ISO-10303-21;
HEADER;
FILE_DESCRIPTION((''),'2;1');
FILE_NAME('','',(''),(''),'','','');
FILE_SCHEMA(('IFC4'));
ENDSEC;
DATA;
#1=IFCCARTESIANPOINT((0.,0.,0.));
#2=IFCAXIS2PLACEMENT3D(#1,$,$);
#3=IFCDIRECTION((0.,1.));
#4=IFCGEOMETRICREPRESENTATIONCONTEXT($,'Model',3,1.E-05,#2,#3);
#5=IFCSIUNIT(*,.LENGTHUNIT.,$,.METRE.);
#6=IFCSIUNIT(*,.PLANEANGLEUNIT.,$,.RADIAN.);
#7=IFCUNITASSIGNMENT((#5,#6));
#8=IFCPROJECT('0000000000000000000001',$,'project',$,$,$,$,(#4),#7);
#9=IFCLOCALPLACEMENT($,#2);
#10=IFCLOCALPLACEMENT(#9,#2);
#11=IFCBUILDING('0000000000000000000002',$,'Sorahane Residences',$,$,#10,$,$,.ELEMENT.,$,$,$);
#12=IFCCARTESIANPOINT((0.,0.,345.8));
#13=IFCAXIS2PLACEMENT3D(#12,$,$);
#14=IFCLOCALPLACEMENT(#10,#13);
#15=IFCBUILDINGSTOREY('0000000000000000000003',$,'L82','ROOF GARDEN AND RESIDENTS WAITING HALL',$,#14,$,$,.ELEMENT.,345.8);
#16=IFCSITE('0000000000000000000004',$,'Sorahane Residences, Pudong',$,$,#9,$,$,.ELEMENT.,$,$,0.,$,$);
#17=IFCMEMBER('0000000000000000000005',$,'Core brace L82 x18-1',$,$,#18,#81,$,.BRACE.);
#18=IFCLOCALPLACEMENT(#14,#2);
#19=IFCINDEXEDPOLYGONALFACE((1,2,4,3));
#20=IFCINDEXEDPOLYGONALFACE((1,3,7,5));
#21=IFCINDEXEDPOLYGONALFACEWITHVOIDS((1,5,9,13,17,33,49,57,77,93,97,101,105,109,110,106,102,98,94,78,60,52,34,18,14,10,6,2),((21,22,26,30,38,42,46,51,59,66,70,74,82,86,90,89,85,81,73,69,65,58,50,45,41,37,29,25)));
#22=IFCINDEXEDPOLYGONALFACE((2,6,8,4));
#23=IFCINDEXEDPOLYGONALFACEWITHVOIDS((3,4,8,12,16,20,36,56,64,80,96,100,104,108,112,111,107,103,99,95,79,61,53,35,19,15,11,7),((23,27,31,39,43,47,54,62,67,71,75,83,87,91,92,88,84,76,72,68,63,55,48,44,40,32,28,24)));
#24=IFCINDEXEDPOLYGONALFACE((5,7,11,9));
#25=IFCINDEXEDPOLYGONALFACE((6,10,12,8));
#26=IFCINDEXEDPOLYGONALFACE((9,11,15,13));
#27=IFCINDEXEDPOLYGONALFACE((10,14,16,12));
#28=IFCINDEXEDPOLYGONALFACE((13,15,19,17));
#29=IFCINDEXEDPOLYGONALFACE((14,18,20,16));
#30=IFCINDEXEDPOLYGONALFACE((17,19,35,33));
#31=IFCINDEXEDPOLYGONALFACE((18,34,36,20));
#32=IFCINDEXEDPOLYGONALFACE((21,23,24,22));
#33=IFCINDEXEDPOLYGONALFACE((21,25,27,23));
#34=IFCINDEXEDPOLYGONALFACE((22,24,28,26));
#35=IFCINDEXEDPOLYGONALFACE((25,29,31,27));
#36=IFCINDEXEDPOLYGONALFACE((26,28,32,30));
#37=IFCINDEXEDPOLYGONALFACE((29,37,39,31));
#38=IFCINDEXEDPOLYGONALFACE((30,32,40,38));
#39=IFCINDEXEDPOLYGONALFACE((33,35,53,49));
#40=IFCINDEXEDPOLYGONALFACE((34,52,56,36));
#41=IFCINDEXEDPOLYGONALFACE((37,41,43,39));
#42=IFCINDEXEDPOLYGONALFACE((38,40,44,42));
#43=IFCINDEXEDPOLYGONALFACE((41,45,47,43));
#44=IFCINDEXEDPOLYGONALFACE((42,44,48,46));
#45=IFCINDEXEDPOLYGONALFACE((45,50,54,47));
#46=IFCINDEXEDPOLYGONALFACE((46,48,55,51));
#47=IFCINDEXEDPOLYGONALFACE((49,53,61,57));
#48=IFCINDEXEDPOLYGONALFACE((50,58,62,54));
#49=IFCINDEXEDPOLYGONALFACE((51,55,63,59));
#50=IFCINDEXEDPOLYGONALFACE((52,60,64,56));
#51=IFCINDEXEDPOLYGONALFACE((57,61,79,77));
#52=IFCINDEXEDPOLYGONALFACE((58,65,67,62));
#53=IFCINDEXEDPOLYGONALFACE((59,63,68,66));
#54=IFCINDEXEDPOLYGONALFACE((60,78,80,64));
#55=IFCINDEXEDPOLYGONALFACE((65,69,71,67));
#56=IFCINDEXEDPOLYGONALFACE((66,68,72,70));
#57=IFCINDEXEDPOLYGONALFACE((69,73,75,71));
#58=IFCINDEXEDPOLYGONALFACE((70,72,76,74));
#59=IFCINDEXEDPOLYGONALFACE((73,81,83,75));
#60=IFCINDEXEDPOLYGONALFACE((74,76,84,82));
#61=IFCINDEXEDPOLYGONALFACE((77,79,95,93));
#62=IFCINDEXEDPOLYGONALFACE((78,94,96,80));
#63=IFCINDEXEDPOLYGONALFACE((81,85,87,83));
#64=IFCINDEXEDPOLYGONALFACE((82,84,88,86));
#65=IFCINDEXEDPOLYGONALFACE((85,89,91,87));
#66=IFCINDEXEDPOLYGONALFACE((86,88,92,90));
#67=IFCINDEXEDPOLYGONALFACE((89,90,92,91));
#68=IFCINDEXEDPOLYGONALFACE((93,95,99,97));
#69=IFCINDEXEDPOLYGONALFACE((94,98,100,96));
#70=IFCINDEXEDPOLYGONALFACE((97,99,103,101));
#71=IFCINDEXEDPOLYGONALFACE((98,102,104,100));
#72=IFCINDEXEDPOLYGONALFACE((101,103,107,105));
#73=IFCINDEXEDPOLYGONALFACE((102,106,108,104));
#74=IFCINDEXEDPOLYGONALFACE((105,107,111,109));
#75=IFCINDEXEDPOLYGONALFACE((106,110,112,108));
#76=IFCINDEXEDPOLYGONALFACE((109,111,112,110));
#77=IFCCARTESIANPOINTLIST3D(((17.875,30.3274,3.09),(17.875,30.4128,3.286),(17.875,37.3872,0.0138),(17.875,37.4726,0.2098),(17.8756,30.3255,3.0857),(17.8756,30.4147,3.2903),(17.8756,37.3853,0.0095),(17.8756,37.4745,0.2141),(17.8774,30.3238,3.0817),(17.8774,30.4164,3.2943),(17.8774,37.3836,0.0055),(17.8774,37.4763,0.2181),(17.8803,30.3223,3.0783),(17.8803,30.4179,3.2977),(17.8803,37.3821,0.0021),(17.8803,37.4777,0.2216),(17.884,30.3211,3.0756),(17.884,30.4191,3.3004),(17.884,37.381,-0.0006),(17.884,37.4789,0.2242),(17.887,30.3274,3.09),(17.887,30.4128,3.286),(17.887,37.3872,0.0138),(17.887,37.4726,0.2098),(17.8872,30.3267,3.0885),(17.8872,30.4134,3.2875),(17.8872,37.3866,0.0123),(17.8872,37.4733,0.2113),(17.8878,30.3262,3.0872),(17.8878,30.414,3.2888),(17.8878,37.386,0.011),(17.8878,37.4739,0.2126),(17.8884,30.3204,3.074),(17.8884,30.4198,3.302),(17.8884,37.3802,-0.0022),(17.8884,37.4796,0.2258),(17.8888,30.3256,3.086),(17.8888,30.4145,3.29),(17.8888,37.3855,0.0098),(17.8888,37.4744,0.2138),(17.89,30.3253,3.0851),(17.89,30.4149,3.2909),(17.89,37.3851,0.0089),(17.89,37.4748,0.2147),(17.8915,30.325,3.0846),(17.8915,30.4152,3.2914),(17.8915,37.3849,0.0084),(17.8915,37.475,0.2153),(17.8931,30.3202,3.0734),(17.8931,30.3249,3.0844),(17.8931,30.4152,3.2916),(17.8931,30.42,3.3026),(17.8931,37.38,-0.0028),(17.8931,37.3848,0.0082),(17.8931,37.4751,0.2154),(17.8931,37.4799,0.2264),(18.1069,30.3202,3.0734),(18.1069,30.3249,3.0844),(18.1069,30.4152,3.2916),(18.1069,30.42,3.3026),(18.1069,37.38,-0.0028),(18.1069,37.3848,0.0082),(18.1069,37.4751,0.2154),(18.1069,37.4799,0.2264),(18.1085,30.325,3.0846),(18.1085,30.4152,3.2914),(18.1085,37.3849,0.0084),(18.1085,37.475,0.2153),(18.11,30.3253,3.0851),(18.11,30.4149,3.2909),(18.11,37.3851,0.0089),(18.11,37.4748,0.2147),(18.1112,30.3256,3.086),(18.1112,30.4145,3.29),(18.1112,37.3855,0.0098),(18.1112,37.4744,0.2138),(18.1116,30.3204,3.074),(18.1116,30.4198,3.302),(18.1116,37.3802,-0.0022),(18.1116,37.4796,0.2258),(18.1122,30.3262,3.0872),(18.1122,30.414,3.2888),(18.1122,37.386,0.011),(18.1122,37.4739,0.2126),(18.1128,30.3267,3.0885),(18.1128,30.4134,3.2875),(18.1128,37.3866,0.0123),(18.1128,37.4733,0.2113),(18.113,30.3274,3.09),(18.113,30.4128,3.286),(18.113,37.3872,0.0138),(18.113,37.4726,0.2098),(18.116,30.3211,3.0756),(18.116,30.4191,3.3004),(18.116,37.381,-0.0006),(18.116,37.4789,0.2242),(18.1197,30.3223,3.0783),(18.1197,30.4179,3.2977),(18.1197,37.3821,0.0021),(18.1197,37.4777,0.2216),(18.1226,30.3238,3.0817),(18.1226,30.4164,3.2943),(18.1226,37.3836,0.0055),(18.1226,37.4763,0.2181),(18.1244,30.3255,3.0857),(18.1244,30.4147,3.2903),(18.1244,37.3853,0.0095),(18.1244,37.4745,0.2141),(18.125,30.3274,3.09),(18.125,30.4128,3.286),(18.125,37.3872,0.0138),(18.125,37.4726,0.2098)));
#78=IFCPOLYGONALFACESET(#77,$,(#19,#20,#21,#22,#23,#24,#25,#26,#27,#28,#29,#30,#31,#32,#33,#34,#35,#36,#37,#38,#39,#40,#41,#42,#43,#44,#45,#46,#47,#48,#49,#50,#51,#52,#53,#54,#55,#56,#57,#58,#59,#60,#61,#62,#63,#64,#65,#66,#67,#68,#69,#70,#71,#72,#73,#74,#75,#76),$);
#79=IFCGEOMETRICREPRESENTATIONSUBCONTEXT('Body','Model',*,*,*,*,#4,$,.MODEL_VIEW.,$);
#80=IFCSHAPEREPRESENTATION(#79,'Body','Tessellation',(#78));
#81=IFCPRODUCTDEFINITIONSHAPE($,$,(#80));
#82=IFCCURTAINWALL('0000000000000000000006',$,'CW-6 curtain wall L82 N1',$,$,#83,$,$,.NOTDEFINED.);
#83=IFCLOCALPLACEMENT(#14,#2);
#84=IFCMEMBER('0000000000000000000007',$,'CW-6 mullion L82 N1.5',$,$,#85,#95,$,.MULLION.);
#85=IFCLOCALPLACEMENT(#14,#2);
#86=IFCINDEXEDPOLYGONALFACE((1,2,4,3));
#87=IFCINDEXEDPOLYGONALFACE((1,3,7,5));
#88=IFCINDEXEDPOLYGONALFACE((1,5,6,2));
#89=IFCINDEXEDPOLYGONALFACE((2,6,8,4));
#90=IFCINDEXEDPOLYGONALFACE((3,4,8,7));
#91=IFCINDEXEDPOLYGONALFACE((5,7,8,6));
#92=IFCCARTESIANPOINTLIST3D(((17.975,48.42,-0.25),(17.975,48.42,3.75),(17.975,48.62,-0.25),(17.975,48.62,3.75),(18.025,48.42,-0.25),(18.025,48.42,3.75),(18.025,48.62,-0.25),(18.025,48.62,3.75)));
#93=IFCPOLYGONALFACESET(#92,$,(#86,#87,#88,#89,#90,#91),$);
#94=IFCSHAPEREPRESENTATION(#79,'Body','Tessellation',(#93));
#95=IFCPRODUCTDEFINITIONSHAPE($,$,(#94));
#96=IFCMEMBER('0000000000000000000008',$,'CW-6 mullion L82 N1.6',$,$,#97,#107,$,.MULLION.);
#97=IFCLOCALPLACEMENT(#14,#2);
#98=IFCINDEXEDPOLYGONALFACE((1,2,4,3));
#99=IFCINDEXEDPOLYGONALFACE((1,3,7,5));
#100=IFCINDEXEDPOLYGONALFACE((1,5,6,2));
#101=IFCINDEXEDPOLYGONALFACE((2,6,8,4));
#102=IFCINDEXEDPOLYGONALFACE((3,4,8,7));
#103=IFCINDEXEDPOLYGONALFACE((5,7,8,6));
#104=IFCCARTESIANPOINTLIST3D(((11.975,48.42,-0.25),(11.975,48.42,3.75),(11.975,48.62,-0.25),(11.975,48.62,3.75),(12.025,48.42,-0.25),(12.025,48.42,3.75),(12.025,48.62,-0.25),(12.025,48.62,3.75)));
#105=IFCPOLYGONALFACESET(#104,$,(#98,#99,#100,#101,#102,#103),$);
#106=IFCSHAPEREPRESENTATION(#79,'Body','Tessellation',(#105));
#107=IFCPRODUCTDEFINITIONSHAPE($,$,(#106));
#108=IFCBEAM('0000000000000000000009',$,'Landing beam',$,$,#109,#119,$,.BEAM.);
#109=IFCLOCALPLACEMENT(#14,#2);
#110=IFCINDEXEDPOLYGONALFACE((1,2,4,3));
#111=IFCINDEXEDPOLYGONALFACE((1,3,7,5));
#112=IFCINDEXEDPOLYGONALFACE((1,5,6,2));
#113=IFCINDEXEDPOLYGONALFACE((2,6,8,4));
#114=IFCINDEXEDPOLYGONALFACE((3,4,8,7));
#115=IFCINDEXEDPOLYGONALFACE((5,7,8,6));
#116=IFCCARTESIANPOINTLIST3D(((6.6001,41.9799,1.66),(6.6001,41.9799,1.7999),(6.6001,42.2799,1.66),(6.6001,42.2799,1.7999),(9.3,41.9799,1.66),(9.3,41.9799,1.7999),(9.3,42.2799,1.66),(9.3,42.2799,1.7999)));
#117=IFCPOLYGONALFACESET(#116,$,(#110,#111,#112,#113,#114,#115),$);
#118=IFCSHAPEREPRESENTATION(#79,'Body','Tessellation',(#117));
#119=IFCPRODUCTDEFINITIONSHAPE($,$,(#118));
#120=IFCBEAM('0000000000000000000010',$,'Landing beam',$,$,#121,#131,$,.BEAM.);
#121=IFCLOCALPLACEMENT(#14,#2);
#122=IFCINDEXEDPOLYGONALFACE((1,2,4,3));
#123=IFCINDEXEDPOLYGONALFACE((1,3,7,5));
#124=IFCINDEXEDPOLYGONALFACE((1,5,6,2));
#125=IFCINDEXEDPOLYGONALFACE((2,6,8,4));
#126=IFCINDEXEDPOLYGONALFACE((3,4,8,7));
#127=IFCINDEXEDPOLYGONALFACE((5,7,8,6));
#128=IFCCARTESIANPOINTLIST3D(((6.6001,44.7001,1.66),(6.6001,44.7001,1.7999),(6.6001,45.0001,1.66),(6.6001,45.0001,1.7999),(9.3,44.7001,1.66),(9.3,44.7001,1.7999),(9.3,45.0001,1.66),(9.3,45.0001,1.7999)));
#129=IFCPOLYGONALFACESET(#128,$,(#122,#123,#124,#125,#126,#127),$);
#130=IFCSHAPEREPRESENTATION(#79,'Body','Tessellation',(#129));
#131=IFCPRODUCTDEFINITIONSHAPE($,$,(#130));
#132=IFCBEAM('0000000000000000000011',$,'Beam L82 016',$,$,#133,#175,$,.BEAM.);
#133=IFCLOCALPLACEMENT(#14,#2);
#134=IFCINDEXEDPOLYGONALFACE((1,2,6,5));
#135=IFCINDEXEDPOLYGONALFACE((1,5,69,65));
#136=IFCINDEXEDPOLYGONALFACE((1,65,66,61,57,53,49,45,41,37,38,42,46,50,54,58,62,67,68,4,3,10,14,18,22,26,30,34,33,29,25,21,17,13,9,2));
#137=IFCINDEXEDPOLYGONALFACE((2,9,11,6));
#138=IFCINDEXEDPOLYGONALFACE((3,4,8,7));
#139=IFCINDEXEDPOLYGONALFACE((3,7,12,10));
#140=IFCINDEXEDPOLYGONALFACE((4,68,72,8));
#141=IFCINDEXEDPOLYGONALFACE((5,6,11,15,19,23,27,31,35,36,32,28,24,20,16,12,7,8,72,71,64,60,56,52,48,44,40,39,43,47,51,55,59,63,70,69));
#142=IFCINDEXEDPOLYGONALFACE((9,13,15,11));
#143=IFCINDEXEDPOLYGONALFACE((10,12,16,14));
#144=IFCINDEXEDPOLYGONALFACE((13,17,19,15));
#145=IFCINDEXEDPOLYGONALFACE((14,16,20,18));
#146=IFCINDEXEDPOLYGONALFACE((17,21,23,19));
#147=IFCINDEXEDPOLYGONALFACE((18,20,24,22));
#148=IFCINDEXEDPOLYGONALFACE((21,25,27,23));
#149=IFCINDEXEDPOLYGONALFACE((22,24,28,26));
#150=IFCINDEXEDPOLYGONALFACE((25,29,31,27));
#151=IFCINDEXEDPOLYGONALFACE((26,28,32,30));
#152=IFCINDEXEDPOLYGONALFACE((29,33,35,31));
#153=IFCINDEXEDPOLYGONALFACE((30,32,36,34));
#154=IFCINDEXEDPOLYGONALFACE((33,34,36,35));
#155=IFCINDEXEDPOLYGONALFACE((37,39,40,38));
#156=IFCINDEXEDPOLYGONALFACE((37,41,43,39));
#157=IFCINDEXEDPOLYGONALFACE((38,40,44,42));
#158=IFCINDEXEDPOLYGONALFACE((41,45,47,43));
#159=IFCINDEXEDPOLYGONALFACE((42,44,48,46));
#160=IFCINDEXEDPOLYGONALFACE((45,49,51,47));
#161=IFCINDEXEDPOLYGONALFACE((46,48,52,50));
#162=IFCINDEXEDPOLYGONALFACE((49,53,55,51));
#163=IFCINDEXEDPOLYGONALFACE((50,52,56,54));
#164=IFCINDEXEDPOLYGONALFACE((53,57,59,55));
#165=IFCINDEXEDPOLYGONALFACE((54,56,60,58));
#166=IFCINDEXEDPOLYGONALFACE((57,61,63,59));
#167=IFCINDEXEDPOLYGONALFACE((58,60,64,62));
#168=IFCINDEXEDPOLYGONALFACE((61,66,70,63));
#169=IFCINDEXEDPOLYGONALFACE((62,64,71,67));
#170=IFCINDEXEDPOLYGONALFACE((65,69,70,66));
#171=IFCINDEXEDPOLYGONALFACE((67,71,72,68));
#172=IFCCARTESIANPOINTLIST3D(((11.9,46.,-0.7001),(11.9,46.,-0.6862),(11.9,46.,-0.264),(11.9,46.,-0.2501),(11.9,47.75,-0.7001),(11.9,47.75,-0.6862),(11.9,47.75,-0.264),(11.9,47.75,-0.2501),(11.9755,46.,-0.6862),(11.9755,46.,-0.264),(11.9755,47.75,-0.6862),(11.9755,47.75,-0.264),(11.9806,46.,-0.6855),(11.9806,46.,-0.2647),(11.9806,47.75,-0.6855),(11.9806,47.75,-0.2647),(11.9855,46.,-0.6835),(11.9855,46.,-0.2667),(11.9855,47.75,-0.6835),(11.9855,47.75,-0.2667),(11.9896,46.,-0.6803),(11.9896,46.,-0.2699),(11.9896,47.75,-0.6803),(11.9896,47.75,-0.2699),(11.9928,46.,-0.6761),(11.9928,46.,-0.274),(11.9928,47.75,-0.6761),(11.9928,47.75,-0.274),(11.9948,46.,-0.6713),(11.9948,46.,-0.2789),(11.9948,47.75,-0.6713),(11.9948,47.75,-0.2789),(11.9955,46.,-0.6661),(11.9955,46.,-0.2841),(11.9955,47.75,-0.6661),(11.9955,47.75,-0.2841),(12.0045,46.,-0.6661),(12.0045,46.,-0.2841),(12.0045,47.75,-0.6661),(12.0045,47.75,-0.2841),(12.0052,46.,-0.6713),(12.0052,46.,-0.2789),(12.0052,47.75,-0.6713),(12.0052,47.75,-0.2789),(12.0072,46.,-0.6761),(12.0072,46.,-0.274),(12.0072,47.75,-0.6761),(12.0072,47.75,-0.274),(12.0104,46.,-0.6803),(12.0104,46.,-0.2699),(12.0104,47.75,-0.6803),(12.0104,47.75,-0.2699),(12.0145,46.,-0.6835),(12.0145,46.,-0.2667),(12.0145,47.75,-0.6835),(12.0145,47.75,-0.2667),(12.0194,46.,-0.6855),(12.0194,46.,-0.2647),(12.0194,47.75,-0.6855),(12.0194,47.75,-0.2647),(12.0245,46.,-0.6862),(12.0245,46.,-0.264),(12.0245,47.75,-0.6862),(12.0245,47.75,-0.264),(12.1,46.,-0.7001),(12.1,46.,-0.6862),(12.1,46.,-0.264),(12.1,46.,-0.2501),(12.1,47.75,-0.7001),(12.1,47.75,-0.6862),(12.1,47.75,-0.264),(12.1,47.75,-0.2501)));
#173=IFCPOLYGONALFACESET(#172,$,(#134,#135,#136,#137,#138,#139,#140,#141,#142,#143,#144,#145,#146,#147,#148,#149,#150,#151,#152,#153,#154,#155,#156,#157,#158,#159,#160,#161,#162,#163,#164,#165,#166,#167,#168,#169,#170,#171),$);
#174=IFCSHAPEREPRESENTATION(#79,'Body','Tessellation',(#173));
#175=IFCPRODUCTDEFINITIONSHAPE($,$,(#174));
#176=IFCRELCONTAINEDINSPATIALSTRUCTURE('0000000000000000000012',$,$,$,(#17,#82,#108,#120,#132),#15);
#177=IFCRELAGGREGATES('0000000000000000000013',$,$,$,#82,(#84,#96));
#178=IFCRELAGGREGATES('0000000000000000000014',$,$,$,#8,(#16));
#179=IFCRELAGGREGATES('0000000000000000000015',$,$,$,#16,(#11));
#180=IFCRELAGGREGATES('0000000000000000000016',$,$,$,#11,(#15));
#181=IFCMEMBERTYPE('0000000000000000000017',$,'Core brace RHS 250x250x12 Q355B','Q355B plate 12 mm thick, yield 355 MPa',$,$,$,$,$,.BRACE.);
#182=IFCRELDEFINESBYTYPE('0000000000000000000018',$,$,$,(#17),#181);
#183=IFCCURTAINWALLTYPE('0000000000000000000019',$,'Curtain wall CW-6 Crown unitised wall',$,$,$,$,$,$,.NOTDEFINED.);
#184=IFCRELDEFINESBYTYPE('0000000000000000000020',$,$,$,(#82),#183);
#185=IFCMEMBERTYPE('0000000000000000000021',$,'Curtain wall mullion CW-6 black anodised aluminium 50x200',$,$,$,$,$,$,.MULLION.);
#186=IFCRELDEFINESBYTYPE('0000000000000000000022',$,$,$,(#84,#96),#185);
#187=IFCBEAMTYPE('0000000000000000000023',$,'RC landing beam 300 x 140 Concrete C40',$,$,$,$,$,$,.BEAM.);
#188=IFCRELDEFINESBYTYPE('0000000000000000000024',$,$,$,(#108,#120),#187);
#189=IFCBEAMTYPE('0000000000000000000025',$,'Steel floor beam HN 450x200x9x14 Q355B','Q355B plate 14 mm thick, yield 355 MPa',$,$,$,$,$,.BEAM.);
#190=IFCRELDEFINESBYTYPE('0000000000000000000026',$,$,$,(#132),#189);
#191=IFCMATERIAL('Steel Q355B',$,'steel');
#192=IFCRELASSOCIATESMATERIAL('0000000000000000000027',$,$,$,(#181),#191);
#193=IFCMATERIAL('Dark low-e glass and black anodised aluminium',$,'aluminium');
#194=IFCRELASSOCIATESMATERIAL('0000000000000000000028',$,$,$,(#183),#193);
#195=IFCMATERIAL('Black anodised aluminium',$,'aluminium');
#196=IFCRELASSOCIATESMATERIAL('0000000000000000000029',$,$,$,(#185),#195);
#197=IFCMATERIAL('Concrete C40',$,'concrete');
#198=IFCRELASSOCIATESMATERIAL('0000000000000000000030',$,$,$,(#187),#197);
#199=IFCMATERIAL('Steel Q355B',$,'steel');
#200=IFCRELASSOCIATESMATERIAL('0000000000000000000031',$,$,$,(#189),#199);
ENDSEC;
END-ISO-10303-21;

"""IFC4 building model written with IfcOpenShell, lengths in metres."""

from ifc_helpers import new_model, si_unit, direction, frame, origin, origin_2d, place, context, subcontext, project, spatial, rectangle, hollow_rectangle, i_section, extrude, material, material_profile, profile_set, type_object, element, aggregate, save


model = new_model("IFC4")

# Units and contexts
model_context = context("Model", 3, precision=1e-05, world=origin(), true_north=direction((0.0, 1.0)))
body_context = subcontext(model_context, "Body", "Model", "MODEL_VIEW")
ifc_project = project(units=[si_unit("LENGTHUNIT", "METRE"), si_unit("PLANEANGLEUNIT", "RADIAN")], contexts=[model_context])

# Site, building, storey
site_placement = place(None, origin())
site = spatial("IfcSite", under=ifc_project, at=site_placement, Name="Sorahane Residences, Pudong", CompositionType="ELEMENT", RefElevation=0.0)
building_placement = place(site_placement, origin())
building = spatial("IfcBuilding", under=site, at=building_placement, Name="Sorahane Residences", CompositionType="ELEMENT")
storey_placement = place(building_placement, frame((0.0, 0.0, 345.8)))
storey = spatial("IfcBuildingStorey", under=building, at=storey_placement, Name="L82", Description="ROOF GARDEN AND RESIDENTS WAITING HALL", CompositionType="ELEMENT", Elevation=345.8)

# Member
ifc_material_1 = material(Name="Steel Q355B", Category="steel")
ifc_material_profile_1 = material_profile(ifc_material_1, hollow_rectangle(XDim=0.25, YDim=0.25, WallThickness=0.012, InnerFilletRadius=0.0061, OuterFilletRadius=0.0181, at=origin_2d()), Name="RHS 250x250x12")
ifc_profile_set_1 = profile_set([ifc_material_profile_1], Name="Steel Q355B")
member_type_1 = type_object("IfcMemberType", Name="Core brace RHS 250x250x12 Q355B", Description="Q355B plate 12 mm thick, yield 355 MPa", PredefinedType="BRACE", material=ifc_profile_set_1)
member_1_placement = place(storey_placement, frame((18.0, 37.4299, 0.1118), z_axis=(0.0, -0.916752, 0.399456), x_axis=(1.0, 0.0, 0.0)))
element("IfcMember", 1, at=member_1_placement, inside=storey, type_object=member_type_1, Name="Core brace L82 x18-1", PredefinedType="BRACE", context=body_context, shape_type="SweptSolid", body=[
    extrude(hollow_rectangle(XDim=0.25, YDim=0.25, WallThickness=0.012, InnerFilletRadius=0.0061, OuterFilletRadius=0.0181, at=origin_2d()), origin(), (0.0, 0.0, 1.0), 7.7009),
])

# Curtain wall, members
ifc_material_2 = material(Name="Dark low-e glass and black anodised aluminium", Category="aluminium")
curtain_wall_type = type_object("IfcCurtainWallType", Name="Curtain wall CW-6 Crown unitised wall", PredefinedType="NOTDEFINED", material=ifc_material_2)
curtain_wall_placement = place(storey_placement, origin())
curtain_wall = element("IfcCurtainWall", 2, at=curtain_wall_placement, inside=storey, type_object=curtain_wall_type, Name="CW-6 curtain wall L82 N1", PredefinedType="NOTDEFINED")
ifc_material_3 = material(Name="Black anodised aluminium", Category="aluminium")
ifc_material_profile_2 = material_profile(ifc_material_3, rectangle(XDim=0.2, YDim=0.05, at=origin_2d()), Name="Curtain wall mullion CW-6 black anodised aluminium 50x200")
ifc_profile_set_2 = profile_set([ifc_material_profile_2], Name="Black anodised aluminium")
member_type_2 = type_object("IfcMemberType", Name="Curtain wall mullion CW-6 black anodised aluminium 50x200", PredefinedType="MULLION", material=ifc_profile_set_2)
member_2_placement = place(storey_placement, frame((18.0, 48.52, -0.25), z_axis=(0.0, 0.0, 1.0), x_axis=(0.0, 1.0, 0.0)))
member_2 = element("IfcMember", 3, at=member_2_placement, type_object=member_type_2, Name="CW-6 mullion L82 N1.5", PredefinedType="MULLION", context=body_context, shape_type="SweptSolid", body=[
    extrude(rectangle(XDim=0.2, YDim=0.05, at=origin_2d()), origin(), (0.0, 0.0, 1.0), 4.0),
])
member_3_placement = place(storey_placement, frame((12.0, 48.52, -0.25), z_axis=(0.0, 0.0, 1.0), x_axis=(0.0, 1.0, 0.0)))
member_3 = element("IfcMember", 4, at=member_3_placement, type_object=member_type_2, Name="CW-6 mullion L82 N1.6", PredefinedType="MULLION", context=body_context, shape_type="SweptSolid", body=[
    extrude(rectangle(XDim=0.2, YDim=0.05, at=origin_2d()), origin(), (0.0, 0.0, 1.0), 4.0),
])

# Beams
ifc_material_4 = material(Name="Concrete C40", Category="concrete")
ifc_material_profile_3 = material_profile(ifc_material_4, rectangle(XDim=0.3, YDim=0.1399, at=origin_2d()), Name="300x140")
ifc_profile_set_3 = profile_set([ifc_material_profile_3], Name="Concrete C40")
beam_type_1 = type_object("IfcBeamType", Name="RC landing beam 300 x 140 Concrete C40", PredefinedType="BEAM", material=ifc_profile_set_3)
for number, where, z_axis, x_axis, name in (
    (5, (6.6001, 42.1299, 1.73), (1.0, 0.0, 0.0), (0.0, 1.0, 0.0), "Landing beam"),
    (6, (6.6001, 44.8501, 1.73), (1.0, 0.0, 0.0), (0.0, 1.0, 0.0), "Landing beam"),
):
    element("IfcBeam", number, at=place(storey_placement, frame(where, z_axis=z_axis, x_axis=x_axis)), inside=storey, type_object=beam_type_1, Name=name, PredefinedType="BEAM", context=body_context, shape_type="SweptSolid", body=[
        extrude(rectangle(XDim=0.3, YDim=0.1399, at=origin_2d()), origin(), (0.0, 0.0, 1.0), 2.7),
    ])
ifc_material_5 = material(Name="Steel Q355B", Category="steel")
ifc_material_profile_4 = material_profile(ifc_material_5, i_section(OverallWidth=0.2, OverallDepth=0.45, WebThickness=0.009, FlangeThickness=0.0139, FilletRadius=0.02, at=origin_2d()), Name="HN 450x200x9x14")
ifc_profile_set_4 = profile_set([ifc_material_profile_4], Name="Steel Q355B")
beam_type_2 = type_object("IfcBeamType", Name="Steel floor beam HN 450x200x9x14 Q355B", Description="Q355B plate 14 mm thick, yield 355 MPa", PredefinedType="BEAM", material=ifc_profile_set_4)
beam_1_placement = place(storey_placement, frame((12.0, 46.0, -0.4751), z_axis=(0.0, 1.0, 0.0), x_axis=(-1.0, 0.0, 0.0)))
element("IfcBeam", 7, at=beam_1_placement, inside=storey, type_object=beam_type_2, Name="Beam L82 016", PredefinedType="BEAM", context=body_context, shape_type="SweptSolid", body=[
    extrude(i_section(OverallWidth=0.2, OverallDepth=0.45, WebThickness=0.009, FlangeThickness=0.0139, FilletRadius=0.02, at=origin_2d()), origin(), (0.0, 0.0, 1.0), 1.75),
])

aggregate(curtain_wall, [member_2, member_3])

save(model, "model.ifc")
